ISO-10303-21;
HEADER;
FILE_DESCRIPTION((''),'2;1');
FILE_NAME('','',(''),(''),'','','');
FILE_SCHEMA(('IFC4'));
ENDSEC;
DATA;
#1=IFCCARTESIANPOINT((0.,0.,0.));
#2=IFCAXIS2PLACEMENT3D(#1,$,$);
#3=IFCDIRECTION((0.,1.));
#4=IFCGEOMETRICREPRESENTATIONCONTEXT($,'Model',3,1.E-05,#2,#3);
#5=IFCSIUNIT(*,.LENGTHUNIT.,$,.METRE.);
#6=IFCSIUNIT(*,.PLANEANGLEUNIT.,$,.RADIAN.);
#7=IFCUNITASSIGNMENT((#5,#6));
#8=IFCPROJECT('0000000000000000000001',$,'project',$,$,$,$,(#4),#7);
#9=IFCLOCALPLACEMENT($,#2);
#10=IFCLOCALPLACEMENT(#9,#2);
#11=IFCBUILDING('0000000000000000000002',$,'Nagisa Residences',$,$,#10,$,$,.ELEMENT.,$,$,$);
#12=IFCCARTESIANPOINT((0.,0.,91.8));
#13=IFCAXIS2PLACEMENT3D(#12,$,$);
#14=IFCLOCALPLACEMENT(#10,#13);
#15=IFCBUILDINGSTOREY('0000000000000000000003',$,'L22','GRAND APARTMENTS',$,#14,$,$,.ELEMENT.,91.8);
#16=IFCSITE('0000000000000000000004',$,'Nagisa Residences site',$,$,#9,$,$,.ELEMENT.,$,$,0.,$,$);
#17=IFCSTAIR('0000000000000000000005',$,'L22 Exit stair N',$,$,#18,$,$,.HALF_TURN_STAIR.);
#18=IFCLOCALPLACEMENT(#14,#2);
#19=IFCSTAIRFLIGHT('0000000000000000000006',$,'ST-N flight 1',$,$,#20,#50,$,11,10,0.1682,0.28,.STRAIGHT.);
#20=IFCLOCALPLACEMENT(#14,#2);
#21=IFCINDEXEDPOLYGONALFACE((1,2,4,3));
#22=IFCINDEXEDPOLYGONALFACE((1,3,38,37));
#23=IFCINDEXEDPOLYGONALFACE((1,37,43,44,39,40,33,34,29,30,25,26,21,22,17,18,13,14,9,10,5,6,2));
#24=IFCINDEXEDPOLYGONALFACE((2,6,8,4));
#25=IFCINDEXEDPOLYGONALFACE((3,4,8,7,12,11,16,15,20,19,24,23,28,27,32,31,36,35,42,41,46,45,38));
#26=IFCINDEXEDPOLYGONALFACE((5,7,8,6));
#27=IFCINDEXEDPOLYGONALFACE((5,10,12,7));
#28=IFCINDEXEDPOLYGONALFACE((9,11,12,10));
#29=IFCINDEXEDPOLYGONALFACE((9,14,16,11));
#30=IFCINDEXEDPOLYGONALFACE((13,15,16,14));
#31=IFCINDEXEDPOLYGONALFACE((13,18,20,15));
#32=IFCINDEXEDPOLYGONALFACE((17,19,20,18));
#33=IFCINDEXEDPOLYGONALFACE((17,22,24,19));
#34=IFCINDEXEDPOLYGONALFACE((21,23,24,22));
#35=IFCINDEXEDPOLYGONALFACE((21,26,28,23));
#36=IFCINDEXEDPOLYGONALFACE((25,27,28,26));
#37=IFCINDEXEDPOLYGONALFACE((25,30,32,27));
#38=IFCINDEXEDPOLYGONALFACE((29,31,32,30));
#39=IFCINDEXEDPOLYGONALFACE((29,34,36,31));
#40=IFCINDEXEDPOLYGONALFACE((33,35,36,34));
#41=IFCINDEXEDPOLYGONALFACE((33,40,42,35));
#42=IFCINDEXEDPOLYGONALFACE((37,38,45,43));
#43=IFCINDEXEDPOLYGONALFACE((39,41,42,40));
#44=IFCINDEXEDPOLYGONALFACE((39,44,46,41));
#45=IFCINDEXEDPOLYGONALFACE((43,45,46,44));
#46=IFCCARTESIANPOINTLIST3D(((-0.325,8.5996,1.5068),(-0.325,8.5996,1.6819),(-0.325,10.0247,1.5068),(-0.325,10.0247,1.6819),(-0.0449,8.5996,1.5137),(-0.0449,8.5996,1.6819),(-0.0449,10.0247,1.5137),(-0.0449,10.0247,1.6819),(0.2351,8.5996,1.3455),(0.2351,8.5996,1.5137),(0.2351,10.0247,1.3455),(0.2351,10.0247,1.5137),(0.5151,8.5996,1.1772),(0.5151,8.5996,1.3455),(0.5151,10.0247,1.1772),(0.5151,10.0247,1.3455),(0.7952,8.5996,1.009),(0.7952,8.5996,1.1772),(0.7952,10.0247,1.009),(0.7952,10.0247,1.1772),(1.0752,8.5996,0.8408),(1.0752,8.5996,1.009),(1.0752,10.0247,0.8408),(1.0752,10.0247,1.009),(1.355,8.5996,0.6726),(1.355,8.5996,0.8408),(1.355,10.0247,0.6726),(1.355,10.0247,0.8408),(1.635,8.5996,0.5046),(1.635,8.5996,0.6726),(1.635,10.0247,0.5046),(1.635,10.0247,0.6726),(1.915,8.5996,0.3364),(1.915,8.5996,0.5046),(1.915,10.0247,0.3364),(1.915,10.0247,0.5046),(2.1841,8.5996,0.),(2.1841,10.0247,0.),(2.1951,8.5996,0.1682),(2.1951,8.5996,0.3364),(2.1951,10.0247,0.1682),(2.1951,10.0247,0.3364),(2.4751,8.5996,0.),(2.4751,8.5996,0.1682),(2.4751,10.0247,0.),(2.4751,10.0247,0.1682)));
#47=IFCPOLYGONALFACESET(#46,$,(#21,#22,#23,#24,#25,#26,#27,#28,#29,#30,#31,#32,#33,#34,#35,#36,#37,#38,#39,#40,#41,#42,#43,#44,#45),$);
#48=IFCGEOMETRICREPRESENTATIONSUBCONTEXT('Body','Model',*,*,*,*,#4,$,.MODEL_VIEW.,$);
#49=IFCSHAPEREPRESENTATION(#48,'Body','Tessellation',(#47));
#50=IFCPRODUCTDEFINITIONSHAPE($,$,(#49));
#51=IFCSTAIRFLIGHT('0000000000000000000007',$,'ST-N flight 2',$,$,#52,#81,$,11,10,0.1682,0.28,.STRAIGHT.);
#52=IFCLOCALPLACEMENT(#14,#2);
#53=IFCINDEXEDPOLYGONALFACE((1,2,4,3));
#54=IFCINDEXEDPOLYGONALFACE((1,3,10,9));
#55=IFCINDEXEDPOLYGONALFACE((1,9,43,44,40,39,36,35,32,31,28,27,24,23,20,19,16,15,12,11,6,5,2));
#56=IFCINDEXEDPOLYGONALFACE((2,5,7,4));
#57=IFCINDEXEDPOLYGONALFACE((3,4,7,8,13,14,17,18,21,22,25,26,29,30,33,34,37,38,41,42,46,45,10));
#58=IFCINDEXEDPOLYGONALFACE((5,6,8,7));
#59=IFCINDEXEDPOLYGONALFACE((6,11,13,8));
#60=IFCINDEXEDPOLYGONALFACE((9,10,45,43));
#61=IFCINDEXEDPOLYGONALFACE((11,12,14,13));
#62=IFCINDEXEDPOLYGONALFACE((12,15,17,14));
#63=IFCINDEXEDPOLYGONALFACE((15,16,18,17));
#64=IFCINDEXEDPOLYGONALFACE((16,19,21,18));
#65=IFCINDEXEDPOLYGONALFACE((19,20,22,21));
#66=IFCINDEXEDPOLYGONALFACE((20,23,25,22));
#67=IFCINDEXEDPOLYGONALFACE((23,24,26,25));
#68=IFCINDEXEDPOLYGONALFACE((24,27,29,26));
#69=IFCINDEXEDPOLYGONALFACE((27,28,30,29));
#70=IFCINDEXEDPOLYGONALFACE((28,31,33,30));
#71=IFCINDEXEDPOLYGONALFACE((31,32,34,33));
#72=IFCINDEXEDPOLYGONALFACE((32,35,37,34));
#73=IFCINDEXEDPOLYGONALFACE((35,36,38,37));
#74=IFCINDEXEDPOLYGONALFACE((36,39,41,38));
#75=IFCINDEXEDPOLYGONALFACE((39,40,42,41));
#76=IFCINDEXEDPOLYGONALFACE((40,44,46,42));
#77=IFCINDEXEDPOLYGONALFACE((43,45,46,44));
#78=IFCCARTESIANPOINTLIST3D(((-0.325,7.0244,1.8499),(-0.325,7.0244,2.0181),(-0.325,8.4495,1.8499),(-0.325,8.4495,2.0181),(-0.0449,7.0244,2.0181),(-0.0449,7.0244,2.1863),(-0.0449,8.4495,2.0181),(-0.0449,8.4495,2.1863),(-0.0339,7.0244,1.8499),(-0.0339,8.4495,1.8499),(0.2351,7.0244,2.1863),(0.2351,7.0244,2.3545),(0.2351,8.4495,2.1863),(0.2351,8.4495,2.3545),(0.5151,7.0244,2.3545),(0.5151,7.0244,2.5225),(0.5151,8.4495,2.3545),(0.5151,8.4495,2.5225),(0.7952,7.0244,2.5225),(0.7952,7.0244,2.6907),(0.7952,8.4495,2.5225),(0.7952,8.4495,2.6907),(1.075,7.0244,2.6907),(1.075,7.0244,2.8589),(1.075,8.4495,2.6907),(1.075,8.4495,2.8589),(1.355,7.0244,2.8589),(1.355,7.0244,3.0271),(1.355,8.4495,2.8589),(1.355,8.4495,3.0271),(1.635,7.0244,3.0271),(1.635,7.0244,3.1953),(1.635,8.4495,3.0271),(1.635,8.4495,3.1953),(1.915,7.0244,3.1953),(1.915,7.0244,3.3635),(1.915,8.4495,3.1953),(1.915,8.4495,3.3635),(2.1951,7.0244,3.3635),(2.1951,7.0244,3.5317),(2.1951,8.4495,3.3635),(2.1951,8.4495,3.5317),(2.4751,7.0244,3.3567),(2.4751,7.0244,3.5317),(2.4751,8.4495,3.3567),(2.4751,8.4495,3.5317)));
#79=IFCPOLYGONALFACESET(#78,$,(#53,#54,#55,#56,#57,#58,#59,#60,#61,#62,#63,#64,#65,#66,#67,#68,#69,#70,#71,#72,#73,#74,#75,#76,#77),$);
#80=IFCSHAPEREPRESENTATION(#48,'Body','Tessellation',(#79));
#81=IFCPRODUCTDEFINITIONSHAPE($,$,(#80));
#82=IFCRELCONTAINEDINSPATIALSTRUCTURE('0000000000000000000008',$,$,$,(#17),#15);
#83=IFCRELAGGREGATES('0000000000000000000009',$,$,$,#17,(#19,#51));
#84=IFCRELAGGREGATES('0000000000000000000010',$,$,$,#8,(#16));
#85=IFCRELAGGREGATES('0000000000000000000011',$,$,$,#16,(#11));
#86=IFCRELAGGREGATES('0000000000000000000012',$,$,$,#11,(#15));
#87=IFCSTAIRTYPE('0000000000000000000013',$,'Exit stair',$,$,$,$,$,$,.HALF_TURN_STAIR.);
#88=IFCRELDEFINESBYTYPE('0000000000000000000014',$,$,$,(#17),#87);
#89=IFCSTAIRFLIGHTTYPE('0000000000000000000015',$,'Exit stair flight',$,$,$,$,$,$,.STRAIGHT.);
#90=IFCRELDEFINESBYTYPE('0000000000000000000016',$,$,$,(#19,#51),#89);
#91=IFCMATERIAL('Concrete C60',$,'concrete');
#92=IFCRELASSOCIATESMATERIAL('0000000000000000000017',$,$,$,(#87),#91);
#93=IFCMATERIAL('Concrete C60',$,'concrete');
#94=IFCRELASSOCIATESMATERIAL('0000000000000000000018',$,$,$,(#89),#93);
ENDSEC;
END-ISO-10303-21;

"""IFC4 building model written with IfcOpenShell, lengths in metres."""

from ifc_helpers import new_model, si_unit, direction, frame, origin, place, context, subcontext, project, spatial, polyline, outline, extrude, material, type_object, element, aggregate, save


model = new_model("IFC4")

# Units and contexts
model_context = context("Model", 3, precision=1e-05, world=origin(), true_north=direction((0.0, 1.0)))
body_context = subcontext(model_context, "Body", "Model", "MODEL_VIEW")
ifc_project = project(units=[si_unit("LENGTHUNIT", "METRE"), si_unit("PLANEANGLEUNIT", "RADIAN")], contexts=[model_context])

# Site, building, storey
site_placement = place(None, origin())
site = spatial("IfcSite", under=ifc_project, at=site_placement, Name="Nagisa Residences site", CompositionType="ELEMENT", RefElevation=0.0)
building_placement = place(site_placement, origin())
building = spatial("IfcBuilding", under=site, at=building_placement, Name="Nagisa Residences", CompositionType="ELEMENT")
storey_placement = place(building_placement, frame((0.0, 0.0, 91.8)))
storey = spatial("IfcBuildingStorey", under=building, at=storey_placement, Name="L22", Description="GRAND APARTMENTS", CompositionType="ELEMENT", Elevation=91.8)

# Stair
ifc_material_1 = material(Name="Concrete C60", Category="concrete")
stair_type = type_object("IfcStairType", Name="Exit stair", PredefinedType="HALF_TURN_STAIR", material=ifc_material_1)
stair_1_placement = place(storey_placement, origin())
stair_1 = element("IfcStair", 1, at=stair_1_placement, inside=storey, type_object=stair_type, Name="L22 Exit stair N", PredefinedType="HALF_TURN_STAIR")

# Stair flights
ifc_material_2 = material(Name="Concrete C60", Category="concrete")
stair_flight_type = type_object("IfcStairFlightType", Name="Exit stair flight", PredefinedType="STRAIGHT", material=ifc_material_2)
stair_flight_1_placement = place(storey_placement, frame((2.4751, 9.312, 0.0), z_axis=(0.0, 0.0, 1.0), x_axis=(-1.0, 0.0, 0.0)))
stair_flight_1 = element("IfcStairFlight", 2, at=stair_flight_1_placement, type_object=stair_flight_type, Name="ST-N flight 1", NumberOfRisers=11, NumberOfTreads=10, PredefinedType="STRAIGHT", RiserHeight=0.1682, TreadLength=0.28, context=body_context, shape_type="SweptSolid", body=[
    extrude(outline(polyline([(0.0, 0.0), (0.0, 0.1682), (0.28, 0.1682), (0.28, 0.3364), (0.5601, 0.3364), (0.5601, 0.5046), (0.8401, 0.5046), (0.8401, 0.6726), (1.1201, 0.6726), (1.1201, 0.8408), (1.3999, 0.8408), (1.3999, 1.009), (1.6799, 1.009), (1.6799, 1.1772), (1.96, 1.1772), (1.96, 1.3455), (2.24, 1.3455), (2.24, 1.5137), (2.52, 1.5137), (2.52, 1.6819), (2.8, 1.6819), (2.8, 1.8501), (2.8, 1.5068), (0.291, 0.0), (0.0, 0.0)])), frame((0.0, 0.7124, 0.0), z_axis=(0.0, -1.0, 0.0), x_axis=(1.0, 0.0, 0.0)), (0.0, 0.0, 1.0), 1.425),
])
stair_flight_2_placement = place(storey_placement, frame((-0.325, 7.7371, 1.8499), z_axis=(0.0, 0.0, 1.0), x_axis=(1.0, 0.0, 0.0)))
stair_flight_2 = element("IfcStairFlight", 3, at=stair_flight_2_placement, type_object=stair_flight_type, Name="ST-N flight 2", NumberOfRisers=11, NumberOfTreads=10, PredefinedType="STRAIGHT", RiserHeight=0.1682, TreadLength=0.28, context=body_context, shape_type="SweptSolid", body=[
    extrude(outline(polyline([(0.0, 0.0), (0.0, 0.1682), (0.28, 0.1682), (0.28, 0.3364), (0.5601, 0.3364), (0.5601, 0.5046), (0.8401, 0.5046), (0.8401, 0.6726), (1.1201, 0.6726), (1.1201, 0.8408), (1.3999, 0.8408), (1.3999, 1.009), (1.6799, 1.009), (1.6799, 1.1772), (1.96, 1.1772), (1.96, 1.3455), (2.24, 1.3455), (2.24, 1.5137), (2.52, 1.5137), (2.52, 1.6819), (2.8, 1.6819), (2.8, 1.8501), (2.8, 1.5068), (0.291, 0.0), (0.0, 0.0)])), frame((0.0, 0.7124, 0.0), z_axis=(0.0, -1.0, 0.0), x_axis=(1.0, 0.0, 0.0)), (0.0, 0.0, 1.0), 1.425),
])
aggregate(stair_1, [stair_flight_1, stair_flight_2])

save(model, "model.ifc")
